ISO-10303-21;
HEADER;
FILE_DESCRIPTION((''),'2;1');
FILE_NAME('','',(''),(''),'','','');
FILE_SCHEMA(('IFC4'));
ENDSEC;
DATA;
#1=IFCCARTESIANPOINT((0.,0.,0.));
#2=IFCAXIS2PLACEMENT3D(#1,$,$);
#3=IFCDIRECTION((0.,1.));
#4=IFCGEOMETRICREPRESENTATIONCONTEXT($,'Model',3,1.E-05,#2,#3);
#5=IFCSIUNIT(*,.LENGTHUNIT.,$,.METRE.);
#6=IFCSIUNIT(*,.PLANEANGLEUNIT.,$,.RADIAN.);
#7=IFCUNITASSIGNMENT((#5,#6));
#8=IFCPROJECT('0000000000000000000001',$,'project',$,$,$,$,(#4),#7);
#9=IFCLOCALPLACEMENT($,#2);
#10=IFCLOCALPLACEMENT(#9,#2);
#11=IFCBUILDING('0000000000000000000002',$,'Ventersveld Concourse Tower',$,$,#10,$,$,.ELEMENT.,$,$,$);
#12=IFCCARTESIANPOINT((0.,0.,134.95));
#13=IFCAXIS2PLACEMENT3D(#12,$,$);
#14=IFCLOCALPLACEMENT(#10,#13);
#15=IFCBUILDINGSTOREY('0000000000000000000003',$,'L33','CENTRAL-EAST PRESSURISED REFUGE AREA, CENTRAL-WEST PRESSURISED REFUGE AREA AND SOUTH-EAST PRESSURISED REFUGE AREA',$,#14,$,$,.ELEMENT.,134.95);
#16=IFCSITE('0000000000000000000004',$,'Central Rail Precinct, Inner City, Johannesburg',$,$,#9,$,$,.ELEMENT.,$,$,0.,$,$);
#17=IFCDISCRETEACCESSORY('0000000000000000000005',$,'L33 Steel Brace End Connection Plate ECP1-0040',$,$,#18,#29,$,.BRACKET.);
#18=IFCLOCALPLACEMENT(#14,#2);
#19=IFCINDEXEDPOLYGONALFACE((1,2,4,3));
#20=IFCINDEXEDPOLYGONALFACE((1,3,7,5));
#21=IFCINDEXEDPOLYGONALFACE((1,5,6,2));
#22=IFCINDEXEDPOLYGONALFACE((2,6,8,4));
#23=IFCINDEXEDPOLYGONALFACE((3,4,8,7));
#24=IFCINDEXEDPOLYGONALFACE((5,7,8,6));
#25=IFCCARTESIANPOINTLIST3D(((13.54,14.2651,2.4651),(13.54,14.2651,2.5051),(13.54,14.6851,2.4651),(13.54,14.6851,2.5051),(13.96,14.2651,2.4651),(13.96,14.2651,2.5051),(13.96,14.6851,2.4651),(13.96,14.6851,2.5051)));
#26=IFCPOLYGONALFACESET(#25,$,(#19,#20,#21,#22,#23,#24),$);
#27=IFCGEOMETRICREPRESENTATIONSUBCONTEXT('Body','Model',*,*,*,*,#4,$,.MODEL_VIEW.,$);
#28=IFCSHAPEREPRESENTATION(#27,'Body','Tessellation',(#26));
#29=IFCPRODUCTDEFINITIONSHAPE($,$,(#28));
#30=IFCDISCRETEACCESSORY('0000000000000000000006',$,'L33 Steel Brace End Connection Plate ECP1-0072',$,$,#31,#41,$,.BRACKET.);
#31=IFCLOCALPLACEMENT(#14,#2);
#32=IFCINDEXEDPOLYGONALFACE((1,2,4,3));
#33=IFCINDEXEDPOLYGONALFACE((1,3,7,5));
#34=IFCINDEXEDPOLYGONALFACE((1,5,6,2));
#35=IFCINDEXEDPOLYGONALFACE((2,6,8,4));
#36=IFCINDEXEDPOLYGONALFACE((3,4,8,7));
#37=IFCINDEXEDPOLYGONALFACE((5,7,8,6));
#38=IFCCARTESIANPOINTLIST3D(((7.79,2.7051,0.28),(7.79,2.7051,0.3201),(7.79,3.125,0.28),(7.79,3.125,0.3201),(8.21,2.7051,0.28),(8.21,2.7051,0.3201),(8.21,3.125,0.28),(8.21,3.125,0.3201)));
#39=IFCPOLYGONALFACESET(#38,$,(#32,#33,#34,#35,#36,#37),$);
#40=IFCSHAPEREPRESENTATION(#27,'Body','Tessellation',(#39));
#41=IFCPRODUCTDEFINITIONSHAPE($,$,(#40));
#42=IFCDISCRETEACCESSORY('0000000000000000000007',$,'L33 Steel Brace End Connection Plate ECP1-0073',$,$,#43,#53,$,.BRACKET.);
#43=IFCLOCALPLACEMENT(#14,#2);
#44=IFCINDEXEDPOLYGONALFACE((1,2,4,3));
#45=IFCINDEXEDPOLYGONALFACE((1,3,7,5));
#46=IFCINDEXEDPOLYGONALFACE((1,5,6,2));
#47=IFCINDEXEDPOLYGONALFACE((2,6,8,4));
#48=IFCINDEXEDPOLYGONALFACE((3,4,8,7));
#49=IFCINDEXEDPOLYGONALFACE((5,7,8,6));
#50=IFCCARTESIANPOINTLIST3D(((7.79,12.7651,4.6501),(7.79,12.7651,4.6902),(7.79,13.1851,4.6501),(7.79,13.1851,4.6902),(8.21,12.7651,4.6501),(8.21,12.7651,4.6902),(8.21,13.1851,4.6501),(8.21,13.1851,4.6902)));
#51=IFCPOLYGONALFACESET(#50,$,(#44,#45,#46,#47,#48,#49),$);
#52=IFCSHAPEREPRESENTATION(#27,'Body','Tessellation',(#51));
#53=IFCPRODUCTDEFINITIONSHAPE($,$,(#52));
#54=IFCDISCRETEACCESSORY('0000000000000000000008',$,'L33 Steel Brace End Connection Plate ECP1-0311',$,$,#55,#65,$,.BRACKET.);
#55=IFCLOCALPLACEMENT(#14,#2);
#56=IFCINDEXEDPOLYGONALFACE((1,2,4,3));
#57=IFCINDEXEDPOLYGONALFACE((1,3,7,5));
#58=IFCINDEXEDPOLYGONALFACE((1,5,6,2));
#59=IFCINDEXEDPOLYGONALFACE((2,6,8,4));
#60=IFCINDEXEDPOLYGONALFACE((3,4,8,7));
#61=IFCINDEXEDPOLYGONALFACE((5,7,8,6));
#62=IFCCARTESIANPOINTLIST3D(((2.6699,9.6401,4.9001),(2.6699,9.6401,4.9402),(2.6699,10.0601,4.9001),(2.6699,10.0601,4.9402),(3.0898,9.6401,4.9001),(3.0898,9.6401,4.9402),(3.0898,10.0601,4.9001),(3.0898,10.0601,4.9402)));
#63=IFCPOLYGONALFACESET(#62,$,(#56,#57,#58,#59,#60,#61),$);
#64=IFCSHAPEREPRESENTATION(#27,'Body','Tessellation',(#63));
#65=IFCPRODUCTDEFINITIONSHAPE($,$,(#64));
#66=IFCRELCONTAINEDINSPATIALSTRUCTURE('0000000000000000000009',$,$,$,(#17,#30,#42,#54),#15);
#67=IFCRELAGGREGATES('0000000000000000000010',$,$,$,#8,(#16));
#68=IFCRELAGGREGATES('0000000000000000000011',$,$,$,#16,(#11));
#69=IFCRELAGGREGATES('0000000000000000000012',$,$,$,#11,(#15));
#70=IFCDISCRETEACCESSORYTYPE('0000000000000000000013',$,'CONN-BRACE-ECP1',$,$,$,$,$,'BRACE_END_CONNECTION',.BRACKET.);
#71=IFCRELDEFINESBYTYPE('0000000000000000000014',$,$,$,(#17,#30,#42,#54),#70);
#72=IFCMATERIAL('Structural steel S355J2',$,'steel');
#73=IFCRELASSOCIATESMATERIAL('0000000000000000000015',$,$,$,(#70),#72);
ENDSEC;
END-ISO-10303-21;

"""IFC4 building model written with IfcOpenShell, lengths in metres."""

from ifc_helpers import new_model, si_unit, direction, frame, origin, origin_2d, place, context, subcontext, project, spatial, rectangle, extrude, material, type_object, element, save


model = new_model("IFC4")

# Units and contexts
model_context = context("Model", 3, precision=1e-05, world=origin(), true_north=direction((0.0, 1.0)))
body_context = subcontext(model_context, "Body", "Model", "MODEL_VIEW")
ifc_project = project(units=[si_unit("LENGTHUNIT", "METRE"), si_unit("PLANEANGLEUNIT", "RADIAN")], contexts=[model_context])

# Site, building, storey
site_placement = place(None, origin())
site = spatial("IfcSite", under=ifc_project, at=site_placement, Name="Central Rail Precinct, Inner City, Johannesburg", CompositionType="ELEMENT", RefElevation=0.0)
building_placement = place(site_placement, origin())
building = spatial("IfcBuilding", under=site, at=building_placement, Name="Ventersveld Concourse Tower", CompositionType="ELEMENT")
storey_placement = place(building_placement, frame((0.0, 0.0, 134.95)))
storey = spatial("IfcBuildingStorey", under=building, at=storey_placement, Name="L33", Description="CENTRAL-EAST PRESSURISED REFUGE AREA, CENTRAL-WEST PRESSURISED REFUGE AREA AND SOUTH-EAST PRESSURISED REFUGE AREA", CompositionType="ELEMENT", Elevation=134.95)

# Shared definitions
ifc_material_1 = material(Name="Structural steel S355J2", Category="steel")

# Discrete accessories
discrete_accessory_type = type_object("IfcDiscreteAccessoryType", Name="CONN-BRACE-ECP1", ElementType="BRACE_END_CONNECTION", PredefinedType="BRACKET", material=ifc_material_1)
for number, where, z_axis, x_axis, name in (
    (1, (13.75, 14.4751, 2.4651), (0.0, 0.0, 1.0), (1.0, 0.0, 0.0), "L33 Steel Brace End Connection Plate ECP1-0040"),
    (2, (8.0, 2.915, 0.28), (0.0, 0.0, 1.0), (1.0, 0.0, 0.0), "L33 Steel Brace End Connection Plate ECP1-0072"),
    (3, (8.0, 12.9751, 4.6501), (0.0, 0.0, 1.0), (1.0, 0.0, 0.0), "L33 Steel Brace End Connection Plate ECP1-0073"),
    (4, (2.8799, 9.8501, 4.9001), (0.0, 0.0, 1.0), (1.0, 0.0, 0.0), "L33 Steel Brace End Connection Plate ECP1-0311"),
):
    element("IfcDiscreteAccessory", number, at=place(storey_placement, frame(where, z_axis=z_axis, x_axis=x_axis)), inside=storey, type_object=discrete_accessory_type, Name=name, PredefinedType="BRACKET", context=body_context, shape_type="SweptSolid", body=[
        extrude(rectangle(XDim=0.4199, YDim=0.4199, at=origin_2d()), origin(), (0.0, 0.0, 1.0), 0.04),
    ])

save(model, "model.ifc")
